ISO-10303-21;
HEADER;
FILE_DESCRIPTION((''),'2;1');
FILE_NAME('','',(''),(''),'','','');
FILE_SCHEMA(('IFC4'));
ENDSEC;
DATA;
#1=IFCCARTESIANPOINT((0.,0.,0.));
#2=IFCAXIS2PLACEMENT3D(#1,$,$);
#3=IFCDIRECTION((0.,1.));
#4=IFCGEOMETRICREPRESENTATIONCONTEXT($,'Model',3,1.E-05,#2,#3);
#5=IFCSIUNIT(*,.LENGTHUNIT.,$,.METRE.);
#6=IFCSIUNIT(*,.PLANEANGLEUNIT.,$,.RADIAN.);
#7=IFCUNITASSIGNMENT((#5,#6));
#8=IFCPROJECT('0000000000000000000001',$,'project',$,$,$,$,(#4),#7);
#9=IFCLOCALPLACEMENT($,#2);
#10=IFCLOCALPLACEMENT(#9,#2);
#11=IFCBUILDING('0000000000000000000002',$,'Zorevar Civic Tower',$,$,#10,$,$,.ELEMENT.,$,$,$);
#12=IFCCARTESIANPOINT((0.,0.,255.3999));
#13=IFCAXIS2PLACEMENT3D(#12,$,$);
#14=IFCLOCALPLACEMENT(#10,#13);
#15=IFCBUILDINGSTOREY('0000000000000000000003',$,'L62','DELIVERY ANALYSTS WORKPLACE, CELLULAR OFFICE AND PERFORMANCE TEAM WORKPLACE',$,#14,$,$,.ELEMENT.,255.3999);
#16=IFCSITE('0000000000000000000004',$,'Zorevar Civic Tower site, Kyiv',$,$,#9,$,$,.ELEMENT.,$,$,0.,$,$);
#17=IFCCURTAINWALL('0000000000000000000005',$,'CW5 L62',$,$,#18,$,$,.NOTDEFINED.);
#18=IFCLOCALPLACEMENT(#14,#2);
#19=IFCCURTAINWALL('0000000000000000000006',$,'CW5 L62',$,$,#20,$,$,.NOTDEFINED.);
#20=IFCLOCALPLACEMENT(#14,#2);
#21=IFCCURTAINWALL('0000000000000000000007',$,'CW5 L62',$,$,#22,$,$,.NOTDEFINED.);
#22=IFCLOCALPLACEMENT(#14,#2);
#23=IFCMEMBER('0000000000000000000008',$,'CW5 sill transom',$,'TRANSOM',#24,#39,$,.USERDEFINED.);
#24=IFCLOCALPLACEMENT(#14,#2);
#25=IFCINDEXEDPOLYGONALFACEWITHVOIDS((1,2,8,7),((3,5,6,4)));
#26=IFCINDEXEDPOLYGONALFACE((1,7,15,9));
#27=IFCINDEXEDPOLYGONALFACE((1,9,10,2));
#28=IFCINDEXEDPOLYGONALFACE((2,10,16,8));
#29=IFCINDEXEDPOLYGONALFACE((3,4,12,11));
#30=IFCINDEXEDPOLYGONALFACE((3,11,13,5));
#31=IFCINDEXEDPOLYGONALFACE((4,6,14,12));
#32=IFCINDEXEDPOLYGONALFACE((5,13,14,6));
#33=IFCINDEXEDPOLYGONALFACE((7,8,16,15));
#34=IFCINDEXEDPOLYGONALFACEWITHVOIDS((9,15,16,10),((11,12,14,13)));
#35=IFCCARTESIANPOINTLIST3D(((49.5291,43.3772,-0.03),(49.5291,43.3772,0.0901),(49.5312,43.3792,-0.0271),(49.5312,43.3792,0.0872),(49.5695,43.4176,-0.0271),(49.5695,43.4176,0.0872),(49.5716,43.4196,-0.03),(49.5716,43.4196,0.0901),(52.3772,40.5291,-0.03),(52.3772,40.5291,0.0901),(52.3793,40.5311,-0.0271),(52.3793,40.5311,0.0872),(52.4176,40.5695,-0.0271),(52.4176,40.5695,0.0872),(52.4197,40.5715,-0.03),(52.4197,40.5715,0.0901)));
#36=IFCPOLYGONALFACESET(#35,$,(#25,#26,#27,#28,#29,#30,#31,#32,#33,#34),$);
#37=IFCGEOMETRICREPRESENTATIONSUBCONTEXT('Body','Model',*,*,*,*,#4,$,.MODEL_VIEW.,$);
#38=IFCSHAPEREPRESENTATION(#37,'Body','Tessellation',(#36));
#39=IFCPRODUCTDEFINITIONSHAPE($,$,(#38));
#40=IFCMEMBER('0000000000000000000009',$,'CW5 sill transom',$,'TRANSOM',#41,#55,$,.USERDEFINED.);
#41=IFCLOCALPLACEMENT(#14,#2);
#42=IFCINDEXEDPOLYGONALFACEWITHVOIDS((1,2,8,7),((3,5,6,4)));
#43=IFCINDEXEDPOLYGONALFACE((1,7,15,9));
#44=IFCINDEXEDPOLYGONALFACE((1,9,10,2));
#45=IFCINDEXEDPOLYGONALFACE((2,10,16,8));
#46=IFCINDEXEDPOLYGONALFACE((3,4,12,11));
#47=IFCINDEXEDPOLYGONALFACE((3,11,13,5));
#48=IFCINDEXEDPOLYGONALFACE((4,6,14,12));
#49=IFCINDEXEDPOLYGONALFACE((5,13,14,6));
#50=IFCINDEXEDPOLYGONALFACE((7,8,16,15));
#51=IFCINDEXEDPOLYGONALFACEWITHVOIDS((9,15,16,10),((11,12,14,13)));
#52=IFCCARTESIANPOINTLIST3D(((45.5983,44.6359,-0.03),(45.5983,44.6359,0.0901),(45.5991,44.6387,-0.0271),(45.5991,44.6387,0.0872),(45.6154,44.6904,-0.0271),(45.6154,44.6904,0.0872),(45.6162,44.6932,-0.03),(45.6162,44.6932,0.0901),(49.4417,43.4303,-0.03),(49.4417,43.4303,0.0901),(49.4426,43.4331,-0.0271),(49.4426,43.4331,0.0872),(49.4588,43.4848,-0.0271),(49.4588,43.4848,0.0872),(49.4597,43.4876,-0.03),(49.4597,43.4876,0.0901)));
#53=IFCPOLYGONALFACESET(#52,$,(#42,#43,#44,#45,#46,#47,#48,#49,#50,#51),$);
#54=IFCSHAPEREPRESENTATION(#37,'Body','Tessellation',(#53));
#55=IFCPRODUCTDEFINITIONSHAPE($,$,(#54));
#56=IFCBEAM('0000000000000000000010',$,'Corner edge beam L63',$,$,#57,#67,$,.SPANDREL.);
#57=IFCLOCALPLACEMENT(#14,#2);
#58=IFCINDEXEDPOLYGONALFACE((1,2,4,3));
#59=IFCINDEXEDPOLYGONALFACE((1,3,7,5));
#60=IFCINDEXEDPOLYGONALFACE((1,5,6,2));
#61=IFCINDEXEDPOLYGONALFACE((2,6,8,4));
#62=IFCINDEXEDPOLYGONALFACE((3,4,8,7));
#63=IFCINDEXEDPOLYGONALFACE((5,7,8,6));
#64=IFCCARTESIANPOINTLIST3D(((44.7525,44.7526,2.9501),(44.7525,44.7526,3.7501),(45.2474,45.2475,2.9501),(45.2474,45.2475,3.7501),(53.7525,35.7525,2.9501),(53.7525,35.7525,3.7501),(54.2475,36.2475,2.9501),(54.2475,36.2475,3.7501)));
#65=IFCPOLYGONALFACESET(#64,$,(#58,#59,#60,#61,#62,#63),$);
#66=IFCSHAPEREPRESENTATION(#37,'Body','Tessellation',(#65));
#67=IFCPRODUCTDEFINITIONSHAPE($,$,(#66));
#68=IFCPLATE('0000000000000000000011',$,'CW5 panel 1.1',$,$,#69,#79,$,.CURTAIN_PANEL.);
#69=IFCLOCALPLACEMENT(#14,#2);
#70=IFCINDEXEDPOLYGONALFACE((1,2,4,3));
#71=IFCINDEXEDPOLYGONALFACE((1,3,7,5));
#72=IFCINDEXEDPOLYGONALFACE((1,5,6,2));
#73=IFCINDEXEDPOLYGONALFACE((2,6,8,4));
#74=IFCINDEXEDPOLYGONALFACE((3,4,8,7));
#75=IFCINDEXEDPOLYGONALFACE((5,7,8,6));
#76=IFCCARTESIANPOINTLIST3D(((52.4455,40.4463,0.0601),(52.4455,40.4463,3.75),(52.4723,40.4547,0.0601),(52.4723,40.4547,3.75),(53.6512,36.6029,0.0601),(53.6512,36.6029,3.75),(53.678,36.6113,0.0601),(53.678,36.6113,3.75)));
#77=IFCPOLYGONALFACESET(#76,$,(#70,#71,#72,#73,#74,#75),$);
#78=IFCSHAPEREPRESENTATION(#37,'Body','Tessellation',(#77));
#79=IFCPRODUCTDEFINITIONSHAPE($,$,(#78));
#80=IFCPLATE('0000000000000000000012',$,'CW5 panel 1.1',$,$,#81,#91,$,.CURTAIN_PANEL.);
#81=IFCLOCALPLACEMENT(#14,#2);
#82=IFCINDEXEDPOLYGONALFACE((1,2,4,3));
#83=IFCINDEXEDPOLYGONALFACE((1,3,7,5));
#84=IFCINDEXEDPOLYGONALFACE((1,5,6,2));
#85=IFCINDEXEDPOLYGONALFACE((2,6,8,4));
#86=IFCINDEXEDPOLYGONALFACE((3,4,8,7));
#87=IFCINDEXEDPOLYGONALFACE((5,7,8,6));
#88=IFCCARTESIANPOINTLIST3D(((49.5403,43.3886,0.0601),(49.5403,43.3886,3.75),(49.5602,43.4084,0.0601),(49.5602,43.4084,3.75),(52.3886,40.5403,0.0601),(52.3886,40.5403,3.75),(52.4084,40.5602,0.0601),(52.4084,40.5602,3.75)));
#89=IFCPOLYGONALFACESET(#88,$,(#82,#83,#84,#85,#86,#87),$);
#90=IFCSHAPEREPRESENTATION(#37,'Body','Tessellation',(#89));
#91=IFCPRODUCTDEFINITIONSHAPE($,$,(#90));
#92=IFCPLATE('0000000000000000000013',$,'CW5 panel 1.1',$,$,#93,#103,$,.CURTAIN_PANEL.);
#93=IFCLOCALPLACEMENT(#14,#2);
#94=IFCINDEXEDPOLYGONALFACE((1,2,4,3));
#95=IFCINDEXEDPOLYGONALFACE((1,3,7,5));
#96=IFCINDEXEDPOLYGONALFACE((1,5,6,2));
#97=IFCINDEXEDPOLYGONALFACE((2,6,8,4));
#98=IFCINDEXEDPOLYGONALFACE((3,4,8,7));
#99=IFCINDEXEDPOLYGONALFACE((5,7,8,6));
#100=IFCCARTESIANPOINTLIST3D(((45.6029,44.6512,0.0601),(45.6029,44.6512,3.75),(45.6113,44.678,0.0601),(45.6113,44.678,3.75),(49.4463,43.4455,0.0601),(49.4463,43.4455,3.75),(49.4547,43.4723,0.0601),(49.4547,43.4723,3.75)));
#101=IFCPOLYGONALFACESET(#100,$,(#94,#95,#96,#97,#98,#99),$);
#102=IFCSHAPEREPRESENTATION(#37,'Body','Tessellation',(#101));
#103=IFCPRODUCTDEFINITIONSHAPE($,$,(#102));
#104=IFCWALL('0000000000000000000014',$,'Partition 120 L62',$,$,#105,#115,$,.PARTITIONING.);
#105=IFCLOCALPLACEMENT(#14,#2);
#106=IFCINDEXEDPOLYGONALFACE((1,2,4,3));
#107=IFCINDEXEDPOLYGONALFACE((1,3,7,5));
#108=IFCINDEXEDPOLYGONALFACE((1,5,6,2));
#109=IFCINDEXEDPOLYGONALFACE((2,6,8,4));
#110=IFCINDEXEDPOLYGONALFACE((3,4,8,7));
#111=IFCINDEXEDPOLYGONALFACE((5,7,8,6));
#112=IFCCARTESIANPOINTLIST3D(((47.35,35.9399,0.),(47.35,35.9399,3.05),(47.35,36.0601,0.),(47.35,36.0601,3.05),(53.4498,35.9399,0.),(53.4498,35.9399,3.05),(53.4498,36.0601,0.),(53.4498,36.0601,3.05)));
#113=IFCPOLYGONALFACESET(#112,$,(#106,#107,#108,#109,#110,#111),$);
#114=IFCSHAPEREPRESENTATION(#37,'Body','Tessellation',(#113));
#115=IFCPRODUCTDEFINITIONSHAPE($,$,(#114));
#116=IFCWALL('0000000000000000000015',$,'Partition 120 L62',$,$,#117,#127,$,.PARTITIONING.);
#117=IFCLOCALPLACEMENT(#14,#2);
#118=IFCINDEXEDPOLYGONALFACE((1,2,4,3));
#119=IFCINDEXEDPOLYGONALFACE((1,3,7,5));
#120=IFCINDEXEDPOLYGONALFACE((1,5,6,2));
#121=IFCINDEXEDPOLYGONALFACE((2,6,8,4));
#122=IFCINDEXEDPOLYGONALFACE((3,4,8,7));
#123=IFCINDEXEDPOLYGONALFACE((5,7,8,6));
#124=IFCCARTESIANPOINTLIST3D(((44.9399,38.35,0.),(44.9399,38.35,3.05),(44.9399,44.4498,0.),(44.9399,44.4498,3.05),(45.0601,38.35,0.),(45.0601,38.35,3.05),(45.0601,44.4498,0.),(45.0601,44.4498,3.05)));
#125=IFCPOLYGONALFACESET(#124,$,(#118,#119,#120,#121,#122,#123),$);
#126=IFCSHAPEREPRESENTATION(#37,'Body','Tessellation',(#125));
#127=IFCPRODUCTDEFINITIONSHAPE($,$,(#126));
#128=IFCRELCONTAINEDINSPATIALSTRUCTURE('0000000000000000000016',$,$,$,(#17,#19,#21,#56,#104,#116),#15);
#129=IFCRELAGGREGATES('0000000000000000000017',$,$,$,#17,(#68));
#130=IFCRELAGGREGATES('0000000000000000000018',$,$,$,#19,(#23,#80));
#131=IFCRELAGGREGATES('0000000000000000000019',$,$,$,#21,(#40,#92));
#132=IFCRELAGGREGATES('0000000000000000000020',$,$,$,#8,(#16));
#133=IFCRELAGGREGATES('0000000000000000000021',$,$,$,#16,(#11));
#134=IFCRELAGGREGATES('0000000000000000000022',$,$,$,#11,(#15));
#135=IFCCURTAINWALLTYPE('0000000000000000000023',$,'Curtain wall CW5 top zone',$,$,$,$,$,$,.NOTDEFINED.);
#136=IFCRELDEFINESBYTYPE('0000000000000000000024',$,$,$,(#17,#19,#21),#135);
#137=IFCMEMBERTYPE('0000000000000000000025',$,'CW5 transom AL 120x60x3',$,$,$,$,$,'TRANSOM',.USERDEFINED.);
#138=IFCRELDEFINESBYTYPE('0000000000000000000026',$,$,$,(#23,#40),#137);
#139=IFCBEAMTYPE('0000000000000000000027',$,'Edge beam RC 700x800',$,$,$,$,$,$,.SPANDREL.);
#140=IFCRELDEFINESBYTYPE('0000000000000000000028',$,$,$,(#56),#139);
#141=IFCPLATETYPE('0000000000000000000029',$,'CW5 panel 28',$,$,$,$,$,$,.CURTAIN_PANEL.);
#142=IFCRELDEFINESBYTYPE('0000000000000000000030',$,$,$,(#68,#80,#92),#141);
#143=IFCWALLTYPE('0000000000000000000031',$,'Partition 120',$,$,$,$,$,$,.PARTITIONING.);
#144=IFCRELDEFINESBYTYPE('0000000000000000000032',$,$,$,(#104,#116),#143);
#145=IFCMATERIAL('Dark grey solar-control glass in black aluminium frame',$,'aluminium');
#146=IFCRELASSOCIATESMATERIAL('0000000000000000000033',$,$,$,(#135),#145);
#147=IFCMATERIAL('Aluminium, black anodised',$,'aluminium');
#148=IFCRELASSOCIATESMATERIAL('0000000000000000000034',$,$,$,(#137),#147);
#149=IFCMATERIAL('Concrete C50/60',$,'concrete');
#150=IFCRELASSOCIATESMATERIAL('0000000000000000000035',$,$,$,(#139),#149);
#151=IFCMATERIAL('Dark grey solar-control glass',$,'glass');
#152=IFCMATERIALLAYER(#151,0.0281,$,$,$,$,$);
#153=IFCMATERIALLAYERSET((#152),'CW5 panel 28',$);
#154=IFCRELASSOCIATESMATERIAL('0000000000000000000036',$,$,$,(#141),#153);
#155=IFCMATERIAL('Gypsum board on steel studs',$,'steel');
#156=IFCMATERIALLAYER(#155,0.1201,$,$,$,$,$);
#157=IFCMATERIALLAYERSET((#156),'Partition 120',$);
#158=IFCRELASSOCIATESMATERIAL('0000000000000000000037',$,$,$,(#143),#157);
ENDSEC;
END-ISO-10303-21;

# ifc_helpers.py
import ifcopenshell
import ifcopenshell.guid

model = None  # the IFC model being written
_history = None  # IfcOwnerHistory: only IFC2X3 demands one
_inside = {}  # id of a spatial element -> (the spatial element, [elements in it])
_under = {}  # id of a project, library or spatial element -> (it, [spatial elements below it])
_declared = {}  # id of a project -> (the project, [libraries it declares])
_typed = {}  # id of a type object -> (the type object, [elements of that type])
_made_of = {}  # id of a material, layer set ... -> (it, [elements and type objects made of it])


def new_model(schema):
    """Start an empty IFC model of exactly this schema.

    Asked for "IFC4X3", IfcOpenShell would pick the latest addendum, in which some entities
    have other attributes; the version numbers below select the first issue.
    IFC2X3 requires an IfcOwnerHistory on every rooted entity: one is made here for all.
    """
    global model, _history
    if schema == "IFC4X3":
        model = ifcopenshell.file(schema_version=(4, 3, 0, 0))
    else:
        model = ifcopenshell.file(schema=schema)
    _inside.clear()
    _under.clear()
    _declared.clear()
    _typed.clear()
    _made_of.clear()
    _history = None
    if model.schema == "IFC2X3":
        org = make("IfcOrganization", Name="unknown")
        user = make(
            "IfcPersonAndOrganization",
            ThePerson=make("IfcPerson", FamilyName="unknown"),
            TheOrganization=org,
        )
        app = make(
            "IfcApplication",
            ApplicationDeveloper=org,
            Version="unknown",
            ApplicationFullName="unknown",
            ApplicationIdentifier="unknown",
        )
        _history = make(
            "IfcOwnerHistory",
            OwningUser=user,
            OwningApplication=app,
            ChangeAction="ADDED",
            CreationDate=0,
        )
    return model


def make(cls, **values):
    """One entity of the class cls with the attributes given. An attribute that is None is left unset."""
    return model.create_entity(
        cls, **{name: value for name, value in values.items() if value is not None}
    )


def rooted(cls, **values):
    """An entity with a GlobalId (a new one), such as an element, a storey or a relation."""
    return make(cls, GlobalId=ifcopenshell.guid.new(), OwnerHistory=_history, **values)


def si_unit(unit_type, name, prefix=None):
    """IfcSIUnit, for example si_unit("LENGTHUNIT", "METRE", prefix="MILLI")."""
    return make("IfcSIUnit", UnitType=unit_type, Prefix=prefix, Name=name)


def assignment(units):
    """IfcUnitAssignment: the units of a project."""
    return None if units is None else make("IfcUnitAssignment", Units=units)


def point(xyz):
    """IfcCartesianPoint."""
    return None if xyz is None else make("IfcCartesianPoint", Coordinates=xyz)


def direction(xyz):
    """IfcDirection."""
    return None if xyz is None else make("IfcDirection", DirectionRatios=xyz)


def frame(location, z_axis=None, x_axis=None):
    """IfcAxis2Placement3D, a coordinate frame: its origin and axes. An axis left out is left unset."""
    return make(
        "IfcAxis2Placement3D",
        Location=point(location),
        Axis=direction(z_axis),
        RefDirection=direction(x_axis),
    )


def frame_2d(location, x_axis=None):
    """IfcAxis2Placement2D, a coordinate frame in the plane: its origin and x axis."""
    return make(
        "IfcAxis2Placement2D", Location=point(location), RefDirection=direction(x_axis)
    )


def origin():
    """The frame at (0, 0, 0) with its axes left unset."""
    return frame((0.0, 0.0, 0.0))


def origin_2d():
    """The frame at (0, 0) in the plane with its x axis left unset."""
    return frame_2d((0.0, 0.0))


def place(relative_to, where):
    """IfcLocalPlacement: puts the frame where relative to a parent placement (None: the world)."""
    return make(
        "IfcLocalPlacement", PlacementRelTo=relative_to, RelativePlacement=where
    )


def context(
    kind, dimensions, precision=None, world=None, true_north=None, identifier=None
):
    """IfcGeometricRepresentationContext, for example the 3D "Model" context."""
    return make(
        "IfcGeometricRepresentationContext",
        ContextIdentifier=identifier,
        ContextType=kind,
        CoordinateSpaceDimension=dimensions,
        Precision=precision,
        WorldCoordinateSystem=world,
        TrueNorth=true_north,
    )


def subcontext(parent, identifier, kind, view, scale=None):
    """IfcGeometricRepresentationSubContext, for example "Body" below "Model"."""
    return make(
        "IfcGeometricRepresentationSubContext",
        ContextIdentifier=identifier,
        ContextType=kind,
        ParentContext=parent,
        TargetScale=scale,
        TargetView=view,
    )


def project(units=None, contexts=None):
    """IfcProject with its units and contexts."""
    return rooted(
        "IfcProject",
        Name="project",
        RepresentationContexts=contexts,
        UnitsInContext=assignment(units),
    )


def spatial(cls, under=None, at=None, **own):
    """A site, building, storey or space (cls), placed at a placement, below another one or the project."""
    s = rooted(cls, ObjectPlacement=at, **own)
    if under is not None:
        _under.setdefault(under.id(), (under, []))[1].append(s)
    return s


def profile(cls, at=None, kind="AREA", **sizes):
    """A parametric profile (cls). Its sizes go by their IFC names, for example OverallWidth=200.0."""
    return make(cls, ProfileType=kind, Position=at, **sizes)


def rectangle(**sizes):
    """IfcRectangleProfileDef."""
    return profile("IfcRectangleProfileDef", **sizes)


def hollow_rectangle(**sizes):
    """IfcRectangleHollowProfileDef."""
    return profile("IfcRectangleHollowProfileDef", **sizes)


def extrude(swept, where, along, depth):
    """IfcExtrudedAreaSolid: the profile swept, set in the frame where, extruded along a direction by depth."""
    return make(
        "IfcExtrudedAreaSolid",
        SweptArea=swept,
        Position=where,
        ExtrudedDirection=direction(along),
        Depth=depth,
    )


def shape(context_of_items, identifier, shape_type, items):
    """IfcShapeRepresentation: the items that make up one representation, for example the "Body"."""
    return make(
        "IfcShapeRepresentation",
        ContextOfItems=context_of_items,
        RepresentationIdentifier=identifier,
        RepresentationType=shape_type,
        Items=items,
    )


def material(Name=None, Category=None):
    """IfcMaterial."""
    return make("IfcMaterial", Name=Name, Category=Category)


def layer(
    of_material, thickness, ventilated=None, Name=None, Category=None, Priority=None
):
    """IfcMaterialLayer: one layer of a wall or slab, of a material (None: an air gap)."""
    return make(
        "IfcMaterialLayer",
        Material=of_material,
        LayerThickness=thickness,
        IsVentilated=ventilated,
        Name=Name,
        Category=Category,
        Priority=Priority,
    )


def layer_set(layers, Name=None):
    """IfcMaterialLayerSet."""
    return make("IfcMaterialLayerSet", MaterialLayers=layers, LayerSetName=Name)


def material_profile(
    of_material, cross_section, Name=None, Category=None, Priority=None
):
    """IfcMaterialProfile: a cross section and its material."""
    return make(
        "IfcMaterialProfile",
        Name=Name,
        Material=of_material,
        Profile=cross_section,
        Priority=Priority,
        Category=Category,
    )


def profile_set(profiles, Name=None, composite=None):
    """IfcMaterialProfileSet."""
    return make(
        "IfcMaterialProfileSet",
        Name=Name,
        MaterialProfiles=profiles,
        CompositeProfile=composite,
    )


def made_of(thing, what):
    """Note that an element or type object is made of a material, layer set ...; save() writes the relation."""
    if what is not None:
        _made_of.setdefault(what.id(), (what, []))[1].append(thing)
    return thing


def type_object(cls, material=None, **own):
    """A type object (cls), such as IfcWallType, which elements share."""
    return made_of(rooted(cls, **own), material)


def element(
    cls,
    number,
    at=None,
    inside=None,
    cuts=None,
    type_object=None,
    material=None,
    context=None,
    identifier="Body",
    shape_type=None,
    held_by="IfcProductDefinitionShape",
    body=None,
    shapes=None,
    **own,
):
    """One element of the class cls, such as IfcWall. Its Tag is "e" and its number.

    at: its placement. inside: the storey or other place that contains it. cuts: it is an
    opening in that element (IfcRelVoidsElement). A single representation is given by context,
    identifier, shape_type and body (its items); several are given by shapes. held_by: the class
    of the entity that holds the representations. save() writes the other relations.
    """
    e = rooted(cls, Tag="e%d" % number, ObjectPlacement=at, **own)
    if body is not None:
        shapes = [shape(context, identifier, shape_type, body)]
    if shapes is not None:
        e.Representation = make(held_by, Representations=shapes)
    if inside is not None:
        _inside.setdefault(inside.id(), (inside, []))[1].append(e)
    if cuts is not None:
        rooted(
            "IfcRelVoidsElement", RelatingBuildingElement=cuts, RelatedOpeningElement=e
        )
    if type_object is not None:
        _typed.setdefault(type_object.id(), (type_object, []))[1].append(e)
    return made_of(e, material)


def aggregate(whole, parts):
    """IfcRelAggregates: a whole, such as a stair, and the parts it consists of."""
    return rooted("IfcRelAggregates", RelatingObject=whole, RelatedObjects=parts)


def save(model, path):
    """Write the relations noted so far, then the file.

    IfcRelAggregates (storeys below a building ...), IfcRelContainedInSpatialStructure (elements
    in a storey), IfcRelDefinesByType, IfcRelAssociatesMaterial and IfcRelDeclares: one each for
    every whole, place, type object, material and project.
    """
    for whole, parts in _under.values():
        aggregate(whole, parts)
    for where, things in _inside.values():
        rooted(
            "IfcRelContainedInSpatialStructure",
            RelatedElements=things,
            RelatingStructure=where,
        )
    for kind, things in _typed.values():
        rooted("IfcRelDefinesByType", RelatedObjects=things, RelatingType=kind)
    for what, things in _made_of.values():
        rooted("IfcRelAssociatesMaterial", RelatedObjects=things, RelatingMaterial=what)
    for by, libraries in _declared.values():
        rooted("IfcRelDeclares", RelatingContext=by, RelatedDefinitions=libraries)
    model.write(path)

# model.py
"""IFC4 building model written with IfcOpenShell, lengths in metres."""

from ifc_helpers import new_model, si_unit, direction, frame, frame_2d, origin, origin_2d, place, context, subcontext, project, spatial, rectangle, hollow_rectangle, extrude, material, layer, layer_set, material_profile, profile_set, type_object, element, aggregate, save


model = new_model("IFC4")

# Units and contexts
model_context = context("Model", 3, precision=1e-05, world=origin(), true_north=direction((0.0, 1.0)))
body_context = subcontext(model_context, "Body", "Model", "MODEL_VIEW")
ifc_project = project(units=[si_unit("LENGTHUNIT", "METRE"), si_unit("PLANEANGLEUNIT", "RADIAN")], contexts=[model_context])

# Site, building, storey
site_placement = place(None, origin())
site = spatial("IfcSite", under=ifc_project, at=site_placement, Name="Zorevar Civic Tower site, Kyiv", CompositionType="ELEMENT", RefElevation=0.0)
building_placement = place(site_placement, origin())
building = spatial("IfcBuilding", under=site, at=building_placement, Name="Zorevar Civic Tower", CompositionType="ELEMENT")
storey_placement = place(building_placement, frame((0.0, 0.0, 255.3999)))
storey = spatial("IfcBuildingStorey", under=building, at=storey_placement, Name="L62", Description="DELIVERY ANALYSTS WORKPLACE, CELLULAR OFFICE AND PERFORMANCE TEAM WORKPLACE", CompositionType="ELEMENT", Elevation=255.3999)

# Shared definitions
ifc_material_1 = material(Name="Dark grey solar-control glass in black aluminium frame", Category="aluminium")
curtain_wall_type = type_object("IfcCurtainWallType", Name="Curtain wall CW5 top zone", PredefinedType="NOTDEFINED", material=ifc_material_1)

# Curtain walls
curtain_wall_1_placement = place(storey_placement, origin())
curtain_wall_1 = element("IfcCurtainWall", 1, at=curtain_wall_1_placement, inside=storey, type_object=curtain_wall_type, Name="CW5 L62", PredefinedType="NOTDEFINED")
curtain_wall_2_placement = place(storey_placement, origin())
curtain_wall_2 = element("IfcCurtainWall", 2, at=curtain_wall_2_placement, inside=storey, type_object=curtain_wall_type, Name="CW5 L62", PredefinedType="NOTDEFINED")
curtain_wall_3_placement = place(storey_placement, origin())
curtain_wall_3 = element("IfcCurtainWall", 3, at=curtain_wall_3_placement, inside=storey, type_object=curtain_wall_type, Name="CW5 L62", PredefinedType="NOTDEFINED")

# Members
ifc_material_2 = material(Name="Aluminium, black anodised", Category="aluminium")
ifc_material_profile_1 = material_profile(ifc_material_2, hollow_rectangle(XDim=0.0601, YDim=0.1201, WallThickness=0.0029, at=origin_2d()), Name="AL 120x60x3")
ifc_profile_set_1 = profile_set([ifc_material_profile_1], Name="Aluminium, black anodised")
member_type_1 = type_object("IfcMemberType", Name="CW5 transom AL 120x60x3", ElementType="TRANSOM", PredefinedType="USERDEFINED", material=ifc_profile_set_1)
member_1_placement = place(storey_placement, frame((52.3984, 40.5503, 0.03), z_axis=(-0.707107, 0.707107, 0.0), x_axis=(-0.707107, -0.707107, 0.0)))
member_1 = element("IfcMember", 4, at=member_1_placement, type_object=member_type_1, Name="CW5 sill transom", ObjectType="TRANSOM", PredefinedType="USERDEFINED", context=body_context, shape_type="SweptSolid", body=[
    extrude(hollow_rectangle(XDim=0.0601, YDim=0.1201, WallThickness=0.0029, at=origin_2d()), origin(), (0.0, 0.0, 1.0), 4.0278),
])
member_2_placement = place(storey_placement, frame((49.4507, 43.459, 0.03), z_axis=(-0.954163, 0.299286, 0.0), x_axis=(-0.299286, -0.954163, 0.0)))
member_2 = element("IfcMember", 5, at=member_2_placement, type_object=member_type_1, Name="CW5 sill transom", ObjectType="TRANSOM", PredefinedType="USERDEFINED", context=body_context, shape_type="SweptSolid", body=[
    extrude(hollow_rectangle(XDim=0.0601, YDim=0.1201, WallThickness=0.0029, at=origin_2d()), origin(), (0.0, 0.0, 1.0), 4.0281),
])

# Beam
ifc_material_3 = material(Name="Concrete C50/60", Category="concrete")
ifc_material_profile_2 = material_profile(ifc_material_3, rectangle(XDim=0.7, YDim=0.8, at=origin_2d()), Name="RC 700x800")
ifc_profile_set_2 = profile_set([ifc_material_profile_2], Name="Concrete C50/60")
beam_type_1 = type_object("IfcBeamType", Name="Edge beam RC 700x800", PredefinedType="SPANDREL", material=ifc_profile_set_2)
beam_1_placement = place(storey_placement, frame((54.0, 36.0, 3.3501), z_axis=(-0.707107, 0.707107, 0.0), x_axis=(-0.707107, -0.707107, 0.0)))
element("IfcBeam", 6, at=beam_1_placement, inside=storey, type_object=beam_type_1, Name="Corner edge beam L63", PredefinedType="SPANDREL", context=body_context, shape_type="SweptSolid", body=[
    extrude(rectangle(XDim=0.7, YDim=0.8, at=origin_2d()), origin(), (0.0, 0.0, 1.0), 12.728),
])

# Plates
ifc_material_4 = material(Name="Dark grey solar-control glass", Category="glass")
ifc_layer_1 = layer(ifc_material_4, 0.0281)
ifc_layer_set_1 = layer_set([ifc_layer_1], Name="CW5 panel 28")
plate_type = type_object("IfcPlateType", Name="CW5 panel 28", PredefinedType="CURTAIN_PANEL", material=ifc_layer_set_1)
plate_1_placement = place(storey_placement, frame((53.0618, 38.5288, 0.0601), z_axis=(0.0, 0.0, 1.0), x_axis=(-0.299318, 0.954153, 0.0)))
plate_1 = element("IfcPlate", 7, at=plate_1_placement, type_object=plate_type, Name="CW5 panel 1.1", PredefinedType="CURTAIN_PANEL", context=body_context, shape_type="SweptSolid", body=[
    extrude(rectangle(XDim=4.0281, YDim=0.0281, at=origin_2d()), origin(), (0.0, 0.0, 1.0), 3.6899),
])
aggregate(curtain_wall_1, [plate_1])
plate_2_placement = place(storey_placement, frame((50.9744, 41.9744, 0.0601), z_axis=(0.0, 0.0, 1.0), x_axis=(-0.707107, 0.707107, 0.0)))
plate_2 = element("IfcPlate", 8, at=plate_2_placement, type_object=plate_type, Name="CW5 panel 1.1", PredefinedType="CURTAIN_PANEL", context=body_context, shape_type="SweptSolid", body=[
    extrude(rectangle(XDim=4.0281, YDim=0.0281, at=origin_2d()), origin(), (0.0, 0.0, 1.0), 3.6899),
])
aggregate(curtain_wall_2, [member_1, plate_2])
plate_3_placement = place(storey_placement, frame((47.5288, 44.0618, 0.0601), z_axis=(0.0, 0.0, 1.0), x_axis=(-0.954153, 0.299318, 0.0)))
plate_3 = element("IfcPlate", 9, at=plate_3_placement, type_object=plate_type, Name="CW5 panel 1.1", PredefinedType="CURTAIN_PANEL", context=body_context, shape_type="SweptSolid", body=[
    extrude(rectangle(XDim=4.0281, YDim=0.0281, at=origin_2d()), origin(), (0.0, 0.0, 1.0), 3.6899),
])
aggregate(curtain_wall_3, [member_2, plate_3])

# Walls
ifc_material_5 = material(Name="Gypsum board on steel studs", Category="steel")
ifc_layer_2 = layer(ifc_material_5, 0.1201)
ifc_layer_set_2 = layer_set([ifc_layer_2], Name="Partition 120")
wall_type_1 = type_object("IfcWallType", Name="Partition 120", PredefinedType="PARTITIONING", material=ifc_layer_set_2)
for number, where, z_axis, x_axis, name in (
    (10, (47.3501, 36.0, 0.0), (0.0, 0.0, 1.0), (1.0, 0.0, 0.0), "Partition 120 L62"),
    (11, (45.0, 38.3501, 0.0), (0.0, 0.0, 1.0), (0.0, 1.0, 0.0), "Partition 120 L62"),
):
    element("IfcWall", number, at=place(storey_placement, frame(where, z_axis=z_axis, x_axis=x_axis)), inside=storey, type_object=wall_type_1, Name=name, PredefinedType="PARTITIONING", context=body_context, shape_type="SweptSolid", body=[
        extrude(rectangle(XDim=6.0999, YDim=0.1201, at=frame_2d((3.0498, 0.0))), origin(), (0.0, 0.0, 1.0), 3.05),
    ])

save(model, "model.ifc")
